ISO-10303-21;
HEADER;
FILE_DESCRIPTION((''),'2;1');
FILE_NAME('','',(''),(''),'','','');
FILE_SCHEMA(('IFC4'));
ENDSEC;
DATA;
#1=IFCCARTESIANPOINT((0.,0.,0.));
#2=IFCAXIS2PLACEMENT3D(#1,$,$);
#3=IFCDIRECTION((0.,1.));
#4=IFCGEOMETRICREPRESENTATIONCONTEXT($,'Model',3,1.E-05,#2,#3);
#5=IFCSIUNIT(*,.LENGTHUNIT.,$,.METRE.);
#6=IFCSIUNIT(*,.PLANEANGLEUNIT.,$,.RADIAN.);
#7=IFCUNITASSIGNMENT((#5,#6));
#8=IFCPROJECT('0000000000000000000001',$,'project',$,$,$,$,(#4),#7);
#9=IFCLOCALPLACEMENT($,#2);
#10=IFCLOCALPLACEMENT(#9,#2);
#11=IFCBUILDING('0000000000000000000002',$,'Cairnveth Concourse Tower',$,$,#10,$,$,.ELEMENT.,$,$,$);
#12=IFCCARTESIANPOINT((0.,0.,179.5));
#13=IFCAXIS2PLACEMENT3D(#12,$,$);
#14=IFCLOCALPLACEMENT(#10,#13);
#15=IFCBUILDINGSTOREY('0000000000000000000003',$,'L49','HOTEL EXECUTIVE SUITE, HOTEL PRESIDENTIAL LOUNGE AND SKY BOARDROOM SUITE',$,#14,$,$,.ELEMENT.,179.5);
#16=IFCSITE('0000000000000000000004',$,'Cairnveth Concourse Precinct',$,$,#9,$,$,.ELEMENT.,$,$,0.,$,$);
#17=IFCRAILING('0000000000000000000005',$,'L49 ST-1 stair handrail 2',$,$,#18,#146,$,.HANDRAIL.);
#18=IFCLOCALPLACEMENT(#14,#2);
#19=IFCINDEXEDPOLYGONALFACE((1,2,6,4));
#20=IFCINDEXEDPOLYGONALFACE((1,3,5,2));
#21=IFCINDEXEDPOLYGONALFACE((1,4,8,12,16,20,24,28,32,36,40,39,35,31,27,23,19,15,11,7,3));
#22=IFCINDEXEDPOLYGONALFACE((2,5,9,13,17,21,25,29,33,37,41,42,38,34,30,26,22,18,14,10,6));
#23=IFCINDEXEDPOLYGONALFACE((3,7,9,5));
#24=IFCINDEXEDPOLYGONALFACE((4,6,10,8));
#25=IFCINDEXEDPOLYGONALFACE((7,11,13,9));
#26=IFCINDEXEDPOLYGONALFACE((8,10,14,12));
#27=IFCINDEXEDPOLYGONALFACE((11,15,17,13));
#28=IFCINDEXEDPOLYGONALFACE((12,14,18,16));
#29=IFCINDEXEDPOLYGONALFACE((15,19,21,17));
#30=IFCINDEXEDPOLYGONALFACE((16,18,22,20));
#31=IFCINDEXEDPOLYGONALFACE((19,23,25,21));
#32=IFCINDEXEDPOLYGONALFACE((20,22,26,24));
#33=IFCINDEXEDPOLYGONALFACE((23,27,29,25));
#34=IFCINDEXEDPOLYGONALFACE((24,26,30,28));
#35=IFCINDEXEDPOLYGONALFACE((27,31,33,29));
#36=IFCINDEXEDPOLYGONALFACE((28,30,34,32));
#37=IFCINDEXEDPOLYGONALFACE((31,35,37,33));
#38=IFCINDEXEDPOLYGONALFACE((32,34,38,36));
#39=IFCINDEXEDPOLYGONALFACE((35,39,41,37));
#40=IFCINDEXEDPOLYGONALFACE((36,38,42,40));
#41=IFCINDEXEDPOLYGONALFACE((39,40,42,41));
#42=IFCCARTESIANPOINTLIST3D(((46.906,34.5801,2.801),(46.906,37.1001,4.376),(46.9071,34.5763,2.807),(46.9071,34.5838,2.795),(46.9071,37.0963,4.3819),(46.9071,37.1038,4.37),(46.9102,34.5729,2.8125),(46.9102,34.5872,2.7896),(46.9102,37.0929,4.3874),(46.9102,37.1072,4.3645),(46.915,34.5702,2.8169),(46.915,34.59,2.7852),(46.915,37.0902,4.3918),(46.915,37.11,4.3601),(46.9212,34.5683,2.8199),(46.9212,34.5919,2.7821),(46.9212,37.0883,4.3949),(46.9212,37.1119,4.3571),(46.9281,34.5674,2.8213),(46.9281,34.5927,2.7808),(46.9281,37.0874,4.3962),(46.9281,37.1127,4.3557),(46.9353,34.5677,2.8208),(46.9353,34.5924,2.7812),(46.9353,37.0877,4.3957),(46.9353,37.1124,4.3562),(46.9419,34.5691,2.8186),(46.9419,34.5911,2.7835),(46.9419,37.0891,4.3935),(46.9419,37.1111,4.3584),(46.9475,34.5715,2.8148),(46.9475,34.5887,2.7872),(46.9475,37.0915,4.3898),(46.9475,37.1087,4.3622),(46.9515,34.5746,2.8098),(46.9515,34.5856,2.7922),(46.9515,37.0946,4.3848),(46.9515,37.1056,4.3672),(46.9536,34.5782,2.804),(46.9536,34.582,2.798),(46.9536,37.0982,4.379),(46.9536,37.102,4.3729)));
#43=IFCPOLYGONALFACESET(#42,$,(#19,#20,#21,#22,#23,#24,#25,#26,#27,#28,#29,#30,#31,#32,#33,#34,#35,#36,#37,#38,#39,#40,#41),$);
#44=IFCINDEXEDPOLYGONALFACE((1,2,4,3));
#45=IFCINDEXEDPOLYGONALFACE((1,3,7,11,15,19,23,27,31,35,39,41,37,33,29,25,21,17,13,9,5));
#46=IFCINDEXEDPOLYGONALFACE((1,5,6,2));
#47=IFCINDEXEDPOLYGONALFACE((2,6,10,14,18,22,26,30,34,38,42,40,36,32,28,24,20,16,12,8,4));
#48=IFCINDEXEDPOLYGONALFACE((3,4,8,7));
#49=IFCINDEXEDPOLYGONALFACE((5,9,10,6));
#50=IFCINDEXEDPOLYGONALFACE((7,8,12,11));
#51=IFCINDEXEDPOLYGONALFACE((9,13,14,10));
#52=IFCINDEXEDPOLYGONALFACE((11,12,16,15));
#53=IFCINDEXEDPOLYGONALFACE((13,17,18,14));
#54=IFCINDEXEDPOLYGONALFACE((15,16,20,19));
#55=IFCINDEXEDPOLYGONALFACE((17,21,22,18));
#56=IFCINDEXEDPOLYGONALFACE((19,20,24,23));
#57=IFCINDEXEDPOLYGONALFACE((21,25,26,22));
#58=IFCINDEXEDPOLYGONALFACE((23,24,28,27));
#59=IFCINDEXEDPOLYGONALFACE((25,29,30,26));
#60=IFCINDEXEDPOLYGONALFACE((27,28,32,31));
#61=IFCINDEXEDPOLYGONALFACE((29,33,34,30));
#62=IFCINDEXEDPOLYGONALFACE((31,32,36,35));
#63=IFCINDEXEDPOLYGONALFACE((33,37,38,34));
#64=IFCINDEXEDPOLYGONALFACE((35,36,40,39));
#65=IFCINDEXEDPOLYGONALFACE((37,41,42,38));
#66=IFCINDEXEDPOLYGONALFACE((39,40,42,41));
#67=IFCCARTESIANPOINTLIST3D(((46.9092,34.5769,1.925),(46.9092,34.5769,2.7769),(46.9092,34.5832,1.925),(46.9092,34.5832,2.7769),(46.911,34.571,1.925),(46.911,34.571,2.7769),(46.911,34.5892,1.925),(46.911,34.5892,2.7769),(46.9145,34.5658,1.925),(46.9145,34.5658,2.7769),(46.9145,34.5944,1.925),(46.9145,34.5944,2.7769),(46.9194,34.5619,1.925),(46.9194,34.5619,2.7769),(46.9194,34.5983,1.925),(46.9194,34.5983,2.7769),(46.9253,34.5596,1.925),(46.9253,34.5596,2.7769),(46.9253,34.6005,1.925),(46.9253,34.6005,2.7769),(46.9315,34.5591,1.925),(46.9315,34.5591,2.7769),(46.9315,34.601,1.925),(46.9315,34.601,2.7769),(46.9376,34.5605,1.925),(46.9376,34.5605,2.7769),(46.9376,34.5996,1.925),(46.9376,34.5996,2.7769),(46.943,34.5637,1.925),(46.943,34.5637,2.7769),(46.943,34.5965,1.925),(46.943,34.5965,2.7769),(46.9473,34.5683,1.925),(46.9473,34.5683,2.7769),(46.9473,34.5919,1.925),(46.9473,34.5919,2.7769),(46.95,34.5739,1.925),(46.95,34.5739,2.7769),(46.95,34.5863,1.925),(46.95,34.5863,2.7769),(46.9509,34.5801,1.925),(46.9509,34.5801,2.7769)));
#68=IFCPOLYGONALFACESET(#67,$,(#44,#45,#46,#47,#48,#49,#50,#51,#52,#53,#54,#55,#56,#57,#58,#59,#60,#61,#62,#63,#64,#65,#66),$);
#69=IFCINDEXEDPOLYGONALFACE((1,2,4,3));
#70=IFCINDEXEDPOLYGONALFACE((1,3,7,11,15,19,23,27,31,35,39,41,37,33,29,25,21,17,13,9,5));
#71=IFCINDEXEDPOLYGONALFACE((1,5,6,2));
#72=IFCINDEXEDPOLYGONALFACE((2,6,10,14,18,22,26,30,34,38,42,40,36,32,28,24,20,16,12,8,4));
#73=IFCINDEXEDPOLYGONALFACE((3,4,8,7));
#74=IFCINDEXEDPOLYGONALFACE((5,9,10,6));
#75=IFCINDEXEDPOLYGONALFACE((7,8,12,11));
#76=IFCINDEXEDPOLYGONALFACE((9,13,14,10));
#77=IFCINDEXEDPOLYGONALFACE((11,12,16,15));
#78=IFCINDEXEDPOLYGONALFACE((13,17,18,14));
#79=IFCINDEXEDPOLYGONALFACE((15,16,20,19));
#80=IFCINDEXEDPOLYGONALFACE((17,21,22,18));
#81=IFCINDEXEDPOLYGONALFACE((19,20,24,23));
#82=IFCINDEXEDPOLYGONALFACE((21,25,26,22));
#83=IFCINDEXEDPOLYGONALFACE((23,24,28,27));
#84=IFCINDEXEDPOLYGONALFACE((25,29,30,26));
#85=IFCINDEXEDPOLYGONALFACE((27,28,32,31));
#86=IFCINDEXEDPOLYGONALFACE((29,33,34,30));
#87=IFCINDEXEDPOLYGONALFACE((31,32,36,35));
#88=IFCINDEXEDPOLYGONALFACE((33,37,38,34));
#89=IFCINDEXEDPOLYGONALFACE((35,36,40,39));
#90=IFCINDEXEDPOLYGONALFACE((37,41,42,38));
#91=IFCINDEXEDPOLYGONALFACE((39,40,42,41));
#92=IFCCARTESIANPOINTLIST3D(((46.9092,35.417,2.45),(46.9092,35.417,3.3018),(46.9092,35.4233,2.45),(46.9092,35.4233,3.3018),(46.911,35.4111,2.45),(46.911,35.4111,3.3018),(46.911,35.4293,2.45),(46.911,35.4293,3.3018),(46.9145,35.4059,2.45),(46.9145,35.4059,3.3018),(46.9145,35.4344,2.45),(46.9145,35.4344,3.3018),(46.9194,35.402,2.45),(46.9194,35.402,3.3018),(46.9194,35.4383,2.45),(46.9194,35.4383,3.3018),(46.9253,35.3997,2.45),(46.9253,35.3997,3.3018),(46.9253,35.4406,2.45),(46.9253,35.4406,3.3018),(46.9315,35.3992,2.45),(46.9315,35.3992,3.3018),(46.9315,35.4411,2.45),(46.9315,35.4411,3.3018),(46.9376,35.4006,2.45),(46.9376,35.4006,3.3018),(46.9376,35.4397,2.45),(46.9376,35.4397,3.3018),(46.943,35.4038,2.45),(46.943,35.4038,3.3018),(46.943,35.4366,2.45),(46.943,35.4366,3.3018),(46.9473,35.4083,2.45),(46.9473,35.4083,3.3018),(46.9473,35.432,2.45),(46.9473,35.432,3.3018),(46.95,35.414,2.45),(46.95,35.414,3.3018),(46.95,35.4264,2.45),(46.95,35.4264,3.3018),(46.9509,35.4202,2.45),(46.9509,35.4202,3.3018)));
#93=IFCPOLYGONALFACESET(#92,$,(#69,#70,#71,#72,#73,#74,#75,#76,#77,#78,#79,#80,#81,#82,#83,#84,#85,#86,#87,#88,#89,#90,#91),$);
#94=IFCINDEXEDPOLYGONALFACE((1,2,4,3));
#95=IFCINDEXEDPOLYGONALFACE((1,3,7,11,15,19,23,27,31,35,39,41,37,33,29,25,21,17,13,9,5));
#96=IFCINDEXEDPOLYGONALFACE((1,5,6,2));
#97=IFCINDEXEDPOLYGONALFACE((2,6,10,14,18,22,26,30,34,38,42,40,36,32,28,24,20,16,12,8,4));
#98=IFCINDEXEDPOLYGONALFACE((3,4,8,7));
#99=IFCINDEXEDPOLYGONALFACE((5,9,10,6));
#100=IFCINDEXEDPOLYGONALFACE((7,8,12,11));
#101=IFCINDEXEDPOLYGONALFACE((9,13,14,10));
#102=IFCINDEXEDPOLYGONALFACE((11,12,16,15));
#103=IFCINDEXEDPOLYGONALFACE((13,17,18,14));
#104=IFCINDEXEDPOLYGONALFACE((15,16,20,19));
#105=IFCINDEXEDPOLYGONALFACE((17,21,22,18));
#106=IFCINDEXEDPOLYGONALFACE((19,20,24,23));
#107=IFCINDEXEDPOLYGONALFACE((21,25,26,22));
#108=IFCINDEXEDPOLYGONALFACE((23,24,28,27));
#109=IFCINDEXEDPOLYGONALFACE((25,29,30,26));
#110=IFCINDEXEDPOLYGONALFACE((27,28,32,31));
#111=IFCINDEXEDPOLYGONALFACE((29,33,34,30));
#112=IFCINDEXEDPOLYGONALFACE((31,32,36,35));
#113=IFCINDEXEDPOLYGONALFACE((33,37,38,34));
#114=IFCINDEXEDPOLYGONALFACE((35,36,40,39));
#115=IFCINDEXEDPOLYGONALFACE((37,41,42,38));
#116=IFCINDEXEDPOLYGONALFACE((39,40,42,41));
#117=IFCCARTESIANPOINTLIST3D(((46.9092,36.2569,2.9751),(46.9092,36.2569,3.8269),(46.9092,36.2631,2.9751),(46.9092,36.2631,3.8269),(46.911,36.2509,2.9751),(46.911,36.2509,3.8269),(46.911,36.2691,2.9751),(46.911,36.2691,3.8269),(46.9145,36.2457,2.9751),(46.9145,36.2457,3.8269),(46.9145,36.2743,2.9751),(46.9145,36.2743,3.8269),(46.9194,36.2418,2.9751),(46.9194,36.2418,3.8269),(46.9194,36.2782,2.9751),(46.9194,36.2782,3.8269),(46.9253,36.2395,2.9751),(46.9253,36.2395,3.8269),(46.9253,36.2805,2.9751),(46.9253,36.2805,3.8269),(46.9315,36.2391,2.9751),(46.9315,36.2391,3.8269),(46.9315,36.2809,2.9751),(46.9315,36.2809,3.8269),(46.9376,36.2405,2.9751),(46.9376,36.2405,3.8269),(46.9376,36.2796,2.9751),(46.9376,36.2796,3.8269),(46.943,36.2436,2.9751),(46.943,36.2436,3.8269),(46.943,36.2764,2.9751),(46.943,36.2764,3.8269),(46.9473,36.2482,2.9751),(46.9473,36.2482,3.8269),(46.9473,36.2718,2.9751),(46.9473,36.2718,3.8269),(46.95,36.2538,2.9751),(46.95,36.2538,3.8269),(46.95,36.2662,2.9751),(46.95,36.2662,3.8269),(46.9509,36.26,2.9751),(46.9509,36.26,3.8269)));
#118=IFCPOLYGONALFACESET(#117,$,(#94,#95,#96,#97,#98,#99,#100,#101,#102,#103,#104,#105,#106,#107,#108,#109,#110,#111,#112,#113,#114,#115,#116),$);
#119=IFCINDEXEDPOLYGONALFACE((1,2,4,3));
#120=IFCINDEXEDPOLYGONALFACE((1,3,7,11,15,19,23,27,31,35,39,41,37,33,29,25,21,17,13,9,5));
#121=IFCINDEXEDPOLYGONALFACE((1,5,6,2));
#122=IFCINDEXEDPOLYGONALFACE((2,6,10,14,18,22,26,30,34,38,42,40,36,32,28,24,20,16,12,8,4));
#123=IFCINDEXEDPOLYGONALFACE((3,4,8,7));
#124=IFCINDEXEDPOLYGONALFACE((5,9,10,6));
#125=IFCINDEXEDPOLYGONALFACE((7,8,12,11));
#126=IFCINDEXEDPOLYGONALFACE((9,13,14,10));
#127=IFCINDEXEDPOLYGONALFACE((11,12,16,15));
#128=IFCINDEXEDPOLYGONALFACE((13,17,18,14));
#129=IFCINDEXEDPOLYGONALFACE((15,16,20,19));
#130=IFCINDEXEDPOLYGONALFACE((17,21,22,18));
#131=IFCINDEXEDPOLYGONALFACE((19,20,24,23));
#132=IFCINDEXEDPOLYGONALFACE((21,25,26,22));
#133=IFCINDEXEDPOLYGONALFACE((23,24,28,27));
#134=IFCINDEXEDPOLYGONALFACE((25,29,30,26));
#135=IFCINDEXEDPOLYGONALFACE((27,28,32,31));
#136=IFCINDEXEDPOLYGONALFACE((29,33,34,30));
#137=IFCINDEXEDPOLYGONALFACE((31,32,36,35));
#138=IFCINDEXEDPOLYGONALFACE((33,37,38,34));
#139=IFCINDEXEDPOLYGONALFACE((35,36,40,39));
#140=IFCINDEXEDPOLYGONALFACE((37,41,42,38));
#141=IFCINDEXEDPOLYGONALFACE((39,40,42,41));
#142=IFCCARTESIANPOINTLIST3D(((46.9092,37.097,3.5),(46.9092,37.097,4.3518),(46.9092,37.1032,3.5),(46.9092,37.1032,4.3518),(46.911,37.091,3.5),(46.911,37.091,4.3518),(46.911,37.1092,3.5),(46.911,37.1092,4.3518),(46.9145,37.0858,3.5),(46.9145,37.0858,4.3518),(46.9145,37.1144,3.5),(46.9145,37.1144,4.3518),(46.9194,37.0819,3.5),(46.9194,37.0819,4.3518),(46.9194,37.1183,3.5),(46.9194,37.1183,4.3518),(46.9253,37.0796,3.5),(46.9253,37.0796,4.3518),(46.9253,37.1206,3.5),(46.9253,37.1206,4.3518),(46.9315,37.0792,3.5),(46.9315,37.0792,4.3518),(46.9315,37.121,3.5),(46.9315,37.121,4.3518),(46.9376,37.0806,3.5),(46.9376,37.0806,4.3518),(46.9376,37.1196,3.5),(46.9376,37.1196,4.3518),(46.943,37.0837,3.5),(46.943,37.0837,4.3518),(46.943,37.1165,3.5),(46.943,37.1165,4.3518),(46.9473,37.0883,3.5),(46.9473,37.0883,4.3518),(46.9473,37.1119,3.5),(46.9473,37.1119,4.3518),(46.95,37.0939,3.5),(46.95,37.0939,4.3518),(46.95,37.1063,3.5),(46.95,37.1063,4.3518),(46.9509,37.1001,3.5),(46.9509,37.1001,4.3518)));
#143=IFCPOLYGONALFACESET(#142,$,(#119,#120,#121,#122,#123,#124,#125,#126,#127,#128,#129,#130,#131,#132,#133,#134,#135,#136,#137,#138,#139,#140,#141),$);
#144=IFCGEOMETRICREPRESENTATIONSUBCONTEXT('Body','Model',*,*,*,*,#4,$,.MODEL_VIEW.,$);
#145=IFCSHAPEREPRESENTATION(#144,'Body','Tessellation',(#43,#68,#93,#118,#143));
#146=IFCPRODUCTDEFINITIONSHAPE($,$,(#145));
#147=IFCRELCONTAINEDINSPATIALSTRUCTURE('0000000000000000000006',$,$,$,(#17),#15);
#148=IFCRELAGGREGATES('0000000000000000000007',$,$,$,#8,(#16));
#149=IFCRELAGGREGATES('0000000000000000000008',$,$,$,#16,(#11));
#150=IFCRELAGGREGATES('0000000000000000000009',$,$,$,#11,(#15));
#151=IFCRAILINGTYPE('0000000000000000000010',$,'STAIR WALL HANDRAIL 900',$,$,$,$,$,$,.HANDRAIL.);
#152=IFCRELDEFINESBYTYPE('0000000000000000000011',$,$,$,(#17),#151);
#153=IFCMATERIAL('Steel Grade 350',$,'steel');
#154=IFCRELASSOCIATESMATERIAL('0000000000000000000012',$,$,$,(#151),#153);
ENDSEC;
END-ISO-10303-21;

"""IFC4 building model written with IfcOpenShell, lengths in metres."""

from ifc_helpers import new_model, si_unit, direction, frame, origin, origin_2d, place, context, subcontext, project, spatial, circle, extrude, material, type_object, element, save


model = new_model("IFC4")

# Units and contexts
model_context = context("Model", 3, precision=1e-05, world=origin(), true_north=direction((0.0, 1.0)))
body_context = subcontext(model_context, "Body", "Model", "MODEL_VIEW")
ifc_project = project(units=[si_unit("LENGTHUNIT", "METRE"), si_unit("PLANEANGLEUNIT", "RADIAN")], contexts=[model_context])

# Site, building, storey
site_placement = place(None, origin())
site = spatial("IfcSite", under=ifc_project, at=site_placement, Name="Cairnveth Concourse Precinct", CompositionType="ELEMENT", RefElevation=0.0)
building_placement = place(site_placement, origin())
building = spatial("IfcBuilding", under=site, at=building_placement, Name="Cairnveth Concourse Tower", CompositionType="ELEMENT")
storey_placement = place(building_placement, frame((0.0, 0.0, 179.5)))
storey = spatial("IfcBuildingStorey", under=building, at=storey_placement, Name="L49", Description="HOTEL EXECUTIVE SUITE, HOTEL PRESIDENTIAL LOUNGE AND SKY BOARDROOM SUITE", CompositionType="ELEMENT", Elevation=179.5)

# Shared definitions
ifc_material_1 = material(Name="Steel Grade 350", Category="steel")

# Railing
railing_type_1 = type_object("IfcRailingType", Name="STAIR WALL HANDRAIL 900", PredefinedType="HANDRAIL", material=ifc_material_1)
railing_1_placement = place(storey_placement, frame((46.9299, 34.5801, 1.925)))
element("IfcRailing", 1, at=railing_1_placement, inside=storey, type_object=railing_type_1, Name="L49 ST-1 stair handrail 2", PredefinedType="HANDRAIL", context=body_context, shape_type="SweptSolid", body=[
    extrude(circle(Radius=0.0239, at=origin_2d()), frame((0.0, 0.0, 0.876), z_axis=(0.0, 0.848008, 0.529984), x_axis=(-1.0, 0.0, 0.0)), (0.0, 0.0, 1.0), 2.9717),
    extrude(circle(Radius=0.021, at=origin_2d()), origin(), (0.0, 0.0, 1.0), 0.8518),
    extrude(circle(Radius=0.021, at=origin_2d()), frame((0.0, 0.8401, 0.5249)), (0.0, 0.0, 1.0), 0.8518),
    extrude(circle(Radius=0.021, at=origin_2d()), frame((0.0, 1.6799, 1.05)), (0.0, 0.0, 1.0), 0.8518),
    extrude(circle(Radius=0.021, at=origin_2d()), frame((0.0, 2.52, 1.575)), (0.0, 0.0, 1.0), 0.8518),
])

save(model, "model.ifc")
